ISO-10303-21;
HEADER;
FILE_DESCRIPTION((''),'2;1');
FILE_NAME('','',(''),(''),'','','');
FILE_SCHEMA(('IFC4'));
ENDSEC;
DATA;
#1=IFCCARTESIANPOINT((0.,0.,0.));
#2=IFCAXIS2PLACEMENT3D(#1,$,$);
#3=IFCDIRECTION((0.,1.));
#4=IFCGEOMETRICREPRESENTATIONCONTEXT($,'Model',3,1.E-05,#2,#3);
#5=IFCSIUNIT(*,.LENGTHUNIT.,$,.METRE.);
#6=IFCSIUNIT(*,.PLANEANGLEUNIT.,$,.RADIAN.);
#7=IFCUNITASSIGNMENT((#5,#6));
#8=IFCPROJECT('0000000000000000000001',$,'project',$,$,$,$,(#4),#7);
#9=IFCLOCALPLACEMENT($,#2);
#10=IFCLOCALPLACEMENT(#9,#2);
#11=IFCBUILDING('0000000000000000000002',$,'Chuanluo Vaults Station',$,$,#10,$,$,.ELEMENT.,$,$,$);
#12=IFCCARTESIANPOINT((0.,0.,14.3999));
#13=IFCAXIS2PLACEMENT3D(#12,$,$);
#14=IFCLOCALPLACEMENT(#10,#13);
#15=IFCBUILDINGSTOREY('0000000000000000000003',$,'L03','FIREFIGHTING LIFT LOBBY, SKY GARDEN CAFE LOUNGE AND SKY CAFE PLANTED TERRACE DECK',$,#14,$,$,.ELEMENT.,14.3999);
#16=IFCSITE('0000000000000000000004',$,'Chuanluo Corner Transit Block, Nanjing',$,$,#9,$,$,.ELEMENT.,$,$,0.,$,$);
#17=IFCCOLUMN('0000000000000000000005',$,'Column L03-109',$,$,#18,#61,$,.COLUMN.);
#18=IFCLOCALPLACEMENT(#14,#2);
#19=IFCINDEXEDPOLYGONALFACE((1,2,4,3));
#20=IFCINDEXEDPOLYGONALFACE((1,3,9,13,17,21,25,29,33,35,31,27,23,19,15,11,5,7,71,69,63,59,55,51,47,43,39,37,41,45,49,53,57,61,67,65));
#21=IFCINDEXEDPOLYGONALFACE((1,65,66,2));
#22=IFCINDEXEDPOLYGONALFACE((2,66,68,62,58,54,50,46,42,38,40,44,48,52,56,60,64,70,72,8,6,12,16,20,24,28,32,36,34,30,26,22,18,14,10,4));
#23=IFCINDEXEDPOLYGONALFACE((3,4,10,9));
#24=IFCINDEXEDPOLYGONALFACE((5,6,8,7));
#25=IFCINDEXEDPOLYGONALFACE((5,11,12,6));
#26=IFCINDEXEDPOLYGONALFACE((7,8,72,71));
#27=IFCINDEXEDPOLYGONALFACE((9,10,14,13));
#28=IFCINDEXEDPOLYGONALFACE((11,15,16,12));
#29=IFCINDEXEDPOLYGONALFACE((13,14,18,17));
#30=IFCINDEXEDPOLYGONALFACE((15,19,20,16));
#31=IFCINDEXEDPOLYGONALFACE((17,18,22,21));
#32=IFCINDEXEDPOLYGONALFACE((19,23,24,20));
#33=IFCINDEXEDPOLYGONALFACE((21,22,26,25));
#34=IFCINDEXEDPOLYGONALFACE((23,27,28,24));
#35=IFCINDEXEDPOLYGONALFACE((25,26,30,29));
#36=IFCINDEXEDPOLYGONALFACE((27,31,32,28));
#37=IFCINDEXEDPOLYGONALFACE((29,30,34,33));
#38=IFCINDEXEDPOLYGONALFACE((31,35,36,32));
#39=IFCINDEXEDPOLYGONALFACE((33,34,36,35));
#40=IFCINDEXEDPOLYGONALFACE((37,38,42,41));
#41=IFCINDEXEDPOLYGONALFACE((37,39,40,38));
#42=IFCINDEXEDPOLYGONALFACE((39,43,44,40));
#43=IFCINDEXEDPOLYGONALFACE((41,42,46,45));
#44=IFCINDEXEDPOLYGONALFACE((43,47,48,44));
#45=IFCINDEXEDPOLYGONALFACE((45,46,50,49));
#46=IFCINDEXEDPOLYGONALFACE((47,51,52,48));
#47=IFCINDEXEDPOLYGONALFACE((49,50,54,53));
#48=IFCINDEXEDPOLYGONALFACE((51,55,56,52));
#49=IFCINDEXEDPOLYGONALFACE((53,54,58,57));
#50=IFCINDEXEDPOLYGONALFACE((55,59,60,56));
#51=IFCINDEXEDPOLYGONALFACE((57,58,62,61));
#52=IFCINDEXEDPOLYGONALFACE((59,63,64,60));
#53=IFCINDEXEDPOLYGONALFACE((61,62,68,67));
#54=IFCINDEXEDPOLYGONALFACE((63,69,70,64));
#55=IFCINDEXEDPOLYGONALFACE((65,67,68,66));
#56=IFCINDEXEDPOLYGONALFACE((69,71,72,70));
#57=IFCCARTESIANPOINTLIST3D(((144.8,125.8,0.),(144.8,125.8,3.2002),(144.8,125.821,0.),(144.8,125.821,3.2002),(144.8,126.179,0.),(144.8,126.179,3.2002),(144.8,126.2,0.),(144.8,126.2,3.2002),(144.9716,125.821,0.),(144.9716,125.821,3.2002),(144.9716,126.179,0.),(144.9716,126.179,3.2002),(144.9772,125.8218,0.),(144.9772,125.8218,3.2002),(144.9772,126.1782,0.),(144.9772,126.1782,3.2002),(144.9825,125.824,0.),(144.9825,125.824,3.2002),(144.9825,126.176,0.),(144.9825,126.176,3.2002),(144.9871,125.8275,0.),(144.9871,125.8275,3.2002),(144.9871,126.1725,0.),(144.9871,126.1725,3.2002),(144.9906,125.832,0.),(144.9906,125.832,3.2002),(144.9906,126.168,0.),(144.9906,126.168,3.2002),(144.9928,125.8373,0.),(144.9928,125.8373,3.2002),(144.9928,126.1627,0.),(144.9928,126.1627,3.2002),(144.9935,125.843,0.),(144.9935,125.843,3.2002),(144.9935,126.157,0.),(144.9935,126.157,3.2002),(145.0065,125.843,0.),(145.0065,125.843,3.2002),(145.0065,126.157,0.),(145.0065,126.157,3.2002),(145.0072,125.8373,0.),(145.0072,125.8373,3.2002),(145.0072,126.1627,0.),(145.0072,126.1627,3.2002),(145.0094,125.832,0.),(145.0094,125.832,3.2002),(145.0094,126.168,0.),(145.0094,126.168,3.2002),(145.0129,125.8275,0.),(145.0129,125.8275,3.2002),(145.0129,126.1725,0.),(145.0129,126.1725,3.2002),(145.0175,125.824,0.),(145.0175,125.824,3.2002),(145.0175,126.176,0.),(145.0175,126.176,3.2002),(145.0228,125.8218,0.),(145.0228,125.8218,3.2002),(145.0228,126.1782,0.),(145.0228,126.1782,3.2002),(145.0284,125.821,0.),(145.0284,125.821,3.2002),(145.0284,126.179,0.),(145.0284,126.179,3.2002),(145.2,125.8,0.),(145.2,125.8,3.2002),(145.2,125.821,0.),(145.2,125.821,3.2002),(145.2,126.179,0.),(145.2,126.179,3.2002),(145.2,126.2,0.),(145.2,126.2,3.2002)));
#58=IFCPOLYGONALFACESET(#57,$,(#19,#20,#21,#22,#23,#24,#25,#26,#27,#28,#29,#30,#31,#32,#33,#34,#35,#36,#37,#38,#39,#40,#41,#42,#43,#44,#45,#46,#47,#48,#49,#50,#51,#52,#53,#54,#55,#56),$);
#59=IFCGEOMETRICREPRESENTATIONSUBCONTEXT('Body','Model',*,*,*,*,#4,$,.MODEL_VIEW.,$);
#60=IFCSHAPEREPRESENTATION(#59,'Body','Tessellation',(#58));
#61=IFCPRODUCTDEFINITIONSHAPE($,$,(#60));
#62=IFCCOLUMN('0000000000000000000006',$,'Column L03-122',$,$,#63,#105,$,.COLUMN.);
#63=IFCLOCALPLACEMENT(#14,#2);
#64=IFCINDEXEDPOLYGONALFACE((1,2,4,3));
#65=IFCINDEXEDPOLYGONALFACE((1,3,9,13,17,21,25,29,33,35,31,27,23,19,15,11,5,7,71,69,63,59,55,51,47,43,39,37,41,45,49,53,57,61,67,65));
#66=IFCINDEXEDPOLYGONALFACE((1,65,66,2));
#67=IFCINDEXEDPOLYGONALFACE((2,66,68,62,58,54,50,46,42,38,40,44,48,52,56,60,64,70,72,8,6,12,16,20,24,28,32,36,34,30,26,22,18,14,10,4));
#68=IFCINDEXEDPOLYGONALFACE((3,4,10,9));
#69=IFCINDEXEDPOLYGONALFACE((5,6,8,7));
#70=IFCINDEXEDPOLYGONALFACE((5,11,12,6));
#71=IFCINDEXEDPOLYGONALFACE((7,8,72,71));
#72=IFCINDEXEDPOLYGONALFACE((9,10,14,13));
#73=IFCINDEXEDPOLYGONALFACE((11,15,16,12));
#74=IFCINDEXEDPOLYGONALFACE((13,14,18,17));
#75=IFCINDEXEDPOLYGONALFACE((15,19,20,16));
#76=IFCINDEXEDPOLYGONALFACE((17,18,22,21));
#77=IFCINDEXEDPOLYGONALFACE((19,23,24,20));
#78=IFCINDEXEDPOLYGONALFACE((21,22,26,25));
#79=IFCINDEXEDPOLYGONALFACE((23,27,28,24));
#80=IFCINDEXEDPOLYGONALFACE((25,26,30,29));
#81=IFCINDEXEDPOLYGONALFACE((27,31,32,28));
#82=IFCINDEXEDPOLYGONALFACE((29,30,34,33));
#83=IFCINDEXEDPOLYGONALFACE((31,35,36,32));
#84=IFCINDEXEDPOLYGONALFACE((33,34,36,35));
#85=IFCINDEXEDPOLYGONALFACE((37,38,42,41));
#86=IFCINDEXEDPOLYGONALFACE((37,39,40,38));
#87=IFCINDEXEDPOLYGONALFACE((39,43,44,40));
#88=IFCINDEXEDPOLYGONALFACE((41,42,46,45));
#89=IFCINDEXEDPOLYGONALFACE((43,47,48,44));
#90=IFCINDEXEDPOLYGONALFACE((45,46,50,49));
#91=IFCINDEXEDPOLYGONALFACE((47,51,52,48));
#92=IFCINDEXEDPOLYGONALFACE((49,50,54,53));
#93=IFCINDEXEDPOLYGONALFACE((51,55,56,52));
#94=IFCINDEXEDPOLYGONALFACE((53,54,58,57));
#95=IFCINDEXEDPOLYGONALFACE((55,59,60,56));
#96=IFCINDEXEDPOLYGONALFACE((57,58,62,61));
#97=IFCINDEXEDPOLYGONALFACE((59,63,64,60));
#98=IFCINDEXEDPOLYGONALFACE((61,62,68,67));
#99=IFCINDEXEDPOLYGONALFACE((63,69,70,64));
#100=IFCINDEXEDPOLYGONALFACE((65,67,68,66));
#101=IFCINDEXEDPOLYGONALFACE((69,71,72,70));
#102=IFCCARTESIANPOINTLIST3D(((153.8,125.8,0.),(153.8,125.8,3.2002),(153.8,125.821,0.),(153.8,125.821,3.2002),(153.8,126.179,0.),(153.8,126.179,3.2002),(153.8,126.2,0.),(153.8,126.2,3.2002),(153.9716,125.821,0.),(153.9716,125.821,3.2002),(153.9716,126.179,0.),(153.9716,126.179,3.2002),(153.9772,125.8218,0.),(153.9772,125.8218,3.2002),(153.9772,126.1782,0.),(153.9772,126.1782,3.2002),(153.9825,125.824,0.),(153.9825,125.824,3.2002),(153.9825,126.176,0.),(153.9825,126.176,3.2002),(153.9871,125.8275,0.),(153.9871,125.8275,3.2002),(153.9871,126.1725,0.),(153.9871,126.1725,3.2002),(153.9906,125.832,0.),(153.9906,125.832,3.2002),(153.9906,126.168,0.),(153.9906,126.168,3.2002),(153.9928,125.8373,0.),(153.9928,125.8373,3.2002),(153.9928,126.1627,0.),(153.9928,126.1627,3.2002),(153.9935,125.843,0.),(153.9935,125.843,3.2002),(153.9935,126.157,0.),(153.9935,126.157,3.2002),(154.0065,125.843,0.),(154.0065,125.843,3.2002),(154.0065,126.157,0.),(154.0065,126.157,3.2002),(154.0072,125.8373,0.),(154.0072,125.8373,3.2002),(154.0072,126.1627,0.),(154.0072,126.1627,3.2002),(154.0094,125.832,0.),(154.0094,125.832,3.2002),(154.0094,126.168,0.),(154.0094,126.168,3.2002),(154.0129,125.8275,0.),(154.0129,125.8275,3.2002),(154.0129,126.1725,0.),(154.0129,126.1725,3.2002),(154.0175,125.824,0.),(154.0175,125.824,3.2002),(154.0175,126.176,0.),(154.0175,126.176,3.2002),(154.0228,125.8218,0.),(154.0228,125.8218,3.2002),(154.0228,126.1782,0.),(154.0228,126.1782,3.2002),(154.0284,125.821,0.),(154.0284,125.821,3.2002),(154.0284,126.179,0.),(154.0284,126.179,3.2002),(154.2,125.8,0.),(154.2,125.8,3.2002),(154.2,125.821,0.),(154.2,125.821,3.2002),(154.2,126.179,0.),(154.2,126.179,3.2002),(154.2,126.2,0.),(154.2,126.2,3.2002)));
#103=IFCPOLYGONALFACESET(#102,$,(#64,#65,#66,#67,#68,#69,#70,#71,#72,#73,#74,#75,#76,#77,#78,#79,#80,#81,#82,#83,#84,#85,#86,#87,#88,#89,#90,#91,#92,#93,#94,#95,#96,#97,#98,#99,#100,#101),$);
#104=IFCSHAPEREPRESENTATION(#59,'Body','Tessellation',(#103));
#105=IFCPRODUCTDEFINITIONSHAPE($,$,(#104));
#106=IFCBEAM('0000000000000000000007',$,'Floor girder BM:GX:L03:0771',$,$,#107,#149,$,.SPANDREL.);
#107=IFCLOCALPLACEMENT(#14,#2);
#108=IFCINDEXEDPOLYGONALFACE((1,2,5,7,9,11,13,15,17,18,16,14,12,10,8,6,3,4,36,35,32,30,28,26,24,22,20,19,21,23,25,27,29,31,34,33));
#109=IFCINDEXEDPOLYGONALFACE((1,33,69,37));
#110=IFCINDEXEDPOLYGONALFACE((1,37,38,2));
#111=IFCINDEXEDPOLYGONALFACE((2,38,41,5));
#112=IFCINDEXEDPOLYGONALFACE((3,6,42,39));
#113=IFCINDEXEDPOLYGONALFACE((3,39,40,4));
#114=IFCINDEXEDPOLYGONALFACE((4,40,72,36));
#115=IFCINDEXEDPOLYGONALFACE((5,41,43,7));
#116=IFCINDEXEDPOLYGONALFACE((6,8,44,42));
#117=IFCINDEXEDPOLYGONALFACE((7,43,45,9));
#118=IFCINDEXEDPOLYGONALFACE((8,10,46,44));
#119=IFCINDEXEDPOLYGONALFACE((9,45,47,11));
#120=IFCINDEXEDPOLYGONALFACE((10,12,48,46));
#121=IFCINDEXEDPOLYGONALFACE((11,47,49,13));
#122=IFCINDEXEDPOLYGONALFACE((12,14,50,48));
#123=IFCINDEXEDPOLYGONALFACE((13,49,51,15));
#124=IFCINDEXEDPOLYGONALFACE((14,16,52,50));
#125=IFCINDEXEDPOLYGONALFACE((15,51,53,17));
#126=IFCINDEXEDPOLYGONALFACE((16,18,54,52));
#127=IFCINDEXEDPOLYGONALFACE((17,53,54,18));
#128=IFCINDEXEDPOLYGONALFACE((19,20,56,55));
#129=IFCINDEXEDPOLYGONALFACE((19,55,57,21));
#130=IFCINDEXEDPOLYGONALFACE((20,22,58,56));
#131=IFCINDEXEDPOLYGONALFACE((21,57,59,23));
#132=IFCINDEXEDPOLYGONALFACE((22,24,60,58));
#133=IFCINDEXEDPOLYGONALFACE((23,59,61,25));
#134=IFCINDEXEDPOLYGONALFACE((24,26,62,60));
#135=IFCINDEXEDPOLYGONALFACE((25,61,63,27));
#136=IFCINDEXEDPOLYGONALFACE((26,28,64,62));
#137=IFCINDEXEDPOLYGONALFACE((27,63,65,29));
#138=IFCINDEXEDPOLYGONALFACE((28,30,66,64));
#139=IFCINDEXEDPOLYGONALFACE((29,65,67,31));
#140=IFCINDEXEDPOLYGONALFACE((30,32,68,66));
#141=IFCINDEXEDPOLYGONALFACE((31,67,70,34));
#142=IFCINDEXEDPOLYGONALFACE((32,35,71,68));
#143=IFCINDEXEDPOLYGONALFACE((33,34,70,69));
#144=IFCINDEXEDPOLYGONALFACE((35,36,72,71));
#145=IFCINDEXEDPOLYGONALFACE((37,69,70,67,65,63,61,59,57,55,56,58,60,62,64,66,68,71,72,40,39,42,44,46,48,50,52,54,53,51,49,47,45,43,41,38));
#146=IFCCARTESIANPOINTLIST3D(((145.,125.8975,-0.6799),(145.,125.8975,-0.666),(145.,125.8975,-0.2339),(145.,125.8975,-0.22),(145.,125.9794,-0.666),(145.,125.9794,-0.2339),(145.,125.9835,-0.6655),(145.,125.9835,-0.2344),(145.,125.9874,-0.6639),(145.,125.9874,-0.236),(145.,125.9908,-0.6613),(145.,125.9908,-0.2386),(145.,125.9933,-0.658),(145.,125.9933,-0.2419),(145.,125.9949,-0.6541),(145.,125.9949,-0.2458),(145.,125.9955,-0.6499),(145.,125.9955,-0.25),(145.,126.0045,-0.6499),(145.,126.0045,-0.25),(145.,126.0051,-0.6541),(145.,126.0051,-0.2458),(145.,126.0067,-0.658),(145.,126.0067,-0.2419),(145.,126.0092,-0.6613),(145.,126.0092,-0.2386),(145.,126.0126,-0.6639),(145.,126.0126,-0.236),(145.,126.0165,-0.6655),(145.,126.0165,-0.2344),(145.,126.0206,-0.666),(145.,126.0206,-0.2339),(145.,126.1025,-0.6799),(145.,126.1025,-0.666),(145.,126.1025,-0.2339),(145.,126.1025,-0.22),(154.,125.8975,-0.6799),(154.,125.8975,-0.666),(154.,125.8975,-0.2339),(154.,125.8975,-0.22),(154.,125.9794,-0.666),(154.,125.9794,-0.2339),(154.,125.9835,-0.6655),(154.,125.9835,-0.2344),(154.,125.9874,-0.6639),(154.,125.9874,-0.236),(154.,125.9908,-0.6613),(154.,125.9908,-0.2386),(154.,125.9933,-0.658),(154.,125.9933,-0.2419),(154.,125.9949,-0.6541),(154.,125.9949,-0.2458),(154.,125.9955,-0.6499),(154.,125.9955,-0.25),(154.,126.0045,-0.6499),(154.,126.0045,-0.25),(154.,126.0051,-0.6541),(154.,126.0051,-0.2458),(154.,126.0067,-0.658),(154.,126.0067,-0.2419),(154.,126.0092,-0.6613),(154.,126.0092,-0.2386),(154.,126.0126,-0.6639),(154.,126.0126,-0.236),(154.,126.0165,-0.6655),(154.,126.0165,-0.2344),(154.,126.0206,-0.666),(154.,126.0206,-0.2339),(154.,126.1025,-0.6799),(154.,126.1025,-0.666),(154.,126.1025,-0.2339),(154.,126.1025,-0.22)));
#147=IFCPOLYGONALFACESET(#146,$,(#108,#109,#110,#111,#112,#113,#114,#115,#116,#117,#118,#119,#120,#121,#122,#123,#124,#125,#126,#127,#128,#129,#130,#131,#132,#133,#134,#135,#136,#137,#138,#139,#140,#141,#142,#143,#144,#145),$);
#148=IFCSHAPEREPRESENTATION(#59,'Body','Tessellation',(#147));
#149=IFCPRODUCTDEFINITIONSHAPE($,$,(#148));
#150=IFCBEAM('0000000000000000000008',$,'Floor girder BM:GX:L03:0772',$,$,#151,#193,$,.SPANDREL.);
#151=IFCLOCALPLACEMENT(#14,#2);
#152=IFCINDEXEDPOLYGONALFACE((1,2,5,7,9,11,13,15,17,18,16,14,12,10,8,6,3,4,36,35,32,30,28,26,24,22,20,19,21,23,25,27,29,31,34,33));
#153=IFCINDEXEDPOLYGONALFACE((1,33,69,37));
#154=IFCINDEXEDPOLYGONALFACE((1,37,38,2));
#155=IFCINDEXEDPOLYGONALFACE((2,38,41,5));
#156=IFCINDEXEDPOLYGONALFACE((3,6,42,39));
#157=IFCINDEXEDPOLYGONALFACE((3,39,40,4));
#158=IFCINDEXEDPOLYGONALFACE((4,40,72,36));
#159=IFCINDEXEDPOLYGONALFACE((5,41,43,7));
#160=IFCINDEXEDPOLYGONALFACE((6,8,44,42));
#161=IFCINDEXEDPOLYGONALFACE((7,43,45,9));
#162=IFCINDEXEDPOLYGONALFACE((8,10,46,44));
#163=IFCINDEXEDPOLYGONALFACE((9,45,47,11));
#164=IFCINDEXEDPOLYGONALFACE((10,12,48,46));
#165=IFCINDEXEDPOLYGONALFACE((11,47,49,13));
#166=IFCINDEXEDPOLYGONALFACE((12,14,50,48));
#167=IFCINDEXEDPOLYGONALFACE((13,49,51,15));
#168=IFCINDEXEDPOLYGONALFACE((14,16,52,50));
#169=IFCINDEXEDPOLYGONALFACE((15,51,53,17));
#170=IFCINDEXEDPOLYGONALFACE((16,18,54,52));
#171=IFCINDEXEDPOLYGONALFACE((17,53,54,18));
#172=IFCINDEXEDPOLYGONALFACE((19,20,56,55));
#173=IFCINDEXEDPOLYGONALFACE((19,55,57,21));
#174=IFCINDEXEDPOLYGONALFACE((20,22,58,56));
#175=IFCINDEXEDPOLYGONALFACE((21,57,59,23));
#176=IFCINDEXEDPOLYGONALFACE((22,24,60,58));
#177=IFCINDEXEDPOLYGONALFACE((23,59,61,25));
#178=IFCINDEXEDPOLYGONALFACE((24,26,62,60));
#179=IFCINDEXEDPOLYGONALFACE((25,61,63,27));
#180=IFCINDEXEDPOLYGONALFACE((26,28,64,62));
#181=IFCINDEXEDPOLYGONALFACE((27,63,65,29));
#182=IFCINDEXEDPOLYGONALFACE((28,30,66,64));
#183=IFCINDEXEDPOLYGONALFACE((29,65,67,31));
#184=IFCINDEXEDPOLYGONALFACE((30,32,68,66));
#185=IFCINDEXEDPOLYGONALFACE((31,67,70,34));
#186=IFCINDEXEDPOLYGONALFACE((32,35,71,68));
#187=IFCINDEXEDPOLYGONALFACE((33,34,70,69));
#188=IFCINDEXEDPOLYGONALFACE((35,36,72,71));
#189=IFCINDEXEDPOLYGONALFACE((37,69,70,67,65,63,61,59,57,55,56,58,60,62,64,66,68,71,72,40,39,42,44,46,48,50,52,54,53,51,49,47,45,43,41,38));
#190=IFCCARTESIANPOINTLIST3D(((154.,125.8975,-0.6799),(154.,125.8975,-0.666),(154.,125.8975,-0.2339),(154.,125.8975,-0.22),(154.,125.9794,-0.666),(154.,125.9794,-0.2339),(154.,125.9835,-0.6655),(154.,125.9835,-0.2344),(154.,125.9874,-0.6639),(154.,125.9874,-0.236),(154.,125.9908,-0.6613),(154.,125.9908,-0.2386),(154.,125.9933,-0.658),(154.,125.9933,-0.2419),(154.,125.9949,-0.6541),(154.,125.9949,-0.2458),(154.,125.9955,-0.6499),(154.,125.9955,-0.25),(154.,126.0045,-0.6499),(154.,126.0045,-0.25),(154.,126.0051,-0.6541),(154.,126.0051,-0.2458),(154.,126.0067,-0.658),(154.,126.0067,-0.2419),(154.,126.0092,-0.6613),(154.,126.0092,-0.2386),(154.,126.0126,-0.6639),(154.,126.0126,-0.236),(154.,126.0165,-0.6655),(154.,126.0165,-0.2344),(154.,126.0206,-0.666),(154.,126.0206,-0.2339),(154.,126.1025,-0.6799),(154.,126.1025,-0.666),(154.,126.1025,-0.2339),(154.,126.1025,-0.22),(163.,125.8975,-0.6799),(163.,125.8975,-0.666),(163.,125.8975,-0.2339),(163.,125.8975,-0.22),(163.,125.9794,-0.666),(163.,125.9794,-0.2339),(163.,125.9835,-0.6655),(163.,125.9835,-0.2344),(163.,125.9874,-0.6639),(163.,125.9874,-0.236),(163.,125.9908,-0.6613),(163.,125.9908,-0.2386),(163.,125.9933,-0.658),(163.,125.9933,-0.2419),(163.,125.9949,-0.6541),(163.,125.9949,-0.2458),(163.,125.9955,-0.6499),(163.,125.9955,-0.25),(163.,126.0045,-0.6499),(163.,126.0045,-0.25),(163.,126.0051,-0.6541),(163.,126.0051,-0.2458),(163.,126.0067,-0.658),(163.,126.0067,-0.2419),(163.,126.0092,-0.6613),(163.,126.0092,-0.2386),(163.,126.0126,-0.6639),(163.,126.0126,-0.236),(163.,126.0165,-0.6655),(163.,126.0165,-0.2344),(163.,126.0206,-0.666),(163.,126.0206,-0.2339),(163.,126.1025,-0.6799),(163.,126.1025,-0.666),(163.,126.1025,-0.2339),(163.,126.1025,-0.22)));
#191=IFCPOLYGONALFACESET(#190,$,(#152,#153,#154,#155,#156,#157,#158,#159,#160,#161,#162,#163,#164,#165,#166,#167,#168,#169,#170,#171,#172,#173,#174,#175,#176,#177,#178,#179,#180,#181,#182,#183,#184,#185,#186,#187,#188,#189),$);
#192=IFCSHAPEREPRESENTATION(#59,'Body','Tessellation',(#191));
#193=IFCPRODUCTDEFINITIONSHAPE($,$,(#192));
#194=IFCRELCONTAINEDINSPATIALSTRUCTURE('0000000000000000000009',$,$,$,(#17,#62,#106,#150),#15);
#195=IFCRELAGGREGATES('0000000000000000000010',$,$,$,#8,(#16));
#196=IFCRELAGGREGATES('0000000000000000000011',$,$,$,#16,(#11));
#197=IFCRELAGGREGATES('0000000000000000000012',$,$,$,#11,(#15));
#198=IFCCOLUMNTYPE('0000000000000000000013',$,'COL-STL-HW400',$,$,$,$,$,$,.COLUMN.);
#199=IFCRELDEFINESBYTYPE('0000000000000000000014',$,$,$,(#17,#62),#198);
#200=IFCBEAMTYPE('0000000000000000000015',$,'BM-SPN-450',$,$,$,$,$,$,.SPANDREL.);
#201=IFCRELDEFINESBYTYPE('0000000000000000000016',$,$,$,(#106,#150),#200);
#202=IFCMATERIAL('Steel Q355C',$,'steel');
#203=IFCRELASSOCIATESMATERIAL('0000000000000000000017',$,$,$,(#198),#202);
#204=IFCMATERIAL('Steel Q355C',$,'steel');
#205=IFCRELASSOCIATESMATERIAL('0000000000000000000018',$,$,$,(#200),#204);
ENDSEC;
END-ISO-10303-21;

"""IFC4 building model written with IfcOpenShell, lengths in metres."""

from ifc_helpers import new_model, si_unit, direction, frame, origin, origin_2d, place, context, subcontext, project, spatial, i_section, extrude, material, material_profile, profile_set, type_object, element, save


model = new_model("IFC4")

# Units and contexts
model_context = context("Model", 3, precision=1e-05, world=origin(), true_north=direction((0.0, 1.0)))
body_context = subcontext(model_context, "Body", "Model", "MODEL_VIEW")
ifc_project = project(units=[si_unit("LENGTHUNIT", "METRE"), si_unit("PLANEANGLEUNIT", "RADIAN")], contexts=[model_context])

# Site, building, storey
site_placement = place(None, origin())
site = spatial("IfcSite", under=ifc_project, at=site_placement, Name="Chuanluo Corner Transit Block, Nanjing", CompositionType="ELEMENT", RefElevation=0.0)
building_placement = place(site_placement, origin())
building = spatial("IfcBuilding", under=site, at=building_placement, Name="Chuanluo Vaults Station", CompositionType="ELEMENT")
storey_placement = place(building_placement, frame((0.0, 0.0, 14.3999)))
storey = spatial("IfcBuildingStorey", under=building, at=storey_placement, Name="L03", Description="FIREFIGHTING LIFT LOBBY, SKY GARDEN CAFE LOUNGE AND SKY CAFE PLANTED TERRACE DECK", CompositionType="ELEMENT", Elevation=14.3999)

# Columns
ifc_material_1 = material(Name="Steel Q355C", Category="steel")
ifc_material_profile_1 = material_profile(ifc_material_1, i_section(OverallWidth=0.3999, OverallDepth=0.3999, WebThickness=0.0129, FlangeThickness=0.021, FilletRadius=0.022, at=origin_2d()))
ifc_profile_set_1 = profile_set([ifc_material_profile_1], Name="Steel Q355C")
column_type = type_object("IfcColumnType", Name="COL-STL-HW400", PredefinedType="COLUMN", material=ifc_profile_set_1)
for number, where, z_axis, x_axis, name in (
    (1, (145.0, 126.0, 0.0), (0.0, 0.0, 1.0), (1.0, 0.0, 0.0), "Column L03-109"),
    (2, (154.0, 126.0, 0.0), (0.0, 0.0, 1.0), (1.0, 0.0, 0.0), "Column L03-122"),
):
    element("IfcColumn", number, at=place(storey_placement, frame(where, z_axis=z_axis, x_axis=x_axis)), inside=storey, type_object=column_type, Name=name, PredefinedType="COLUMN", context=body_context, shape_type="SweptSolid", body=[
        extrude(i_section(OverallWidth=0.3999, OverallDepth=0.3999, WebThickness=0.0129, FlangeThickness=0.021, FilletRadius=0.022, at=origin_2d()), origin(), (0.0, 0.0, 1.0), 3.2002),
    ])

# Beams
ifc_material_2 = material(Name="Steel Q355C", Category="steel")
ifc_material_profile_2 = material_profile(ifc_material_2, i_section(OverallWidth=0.2051, OverallDepth=0.46, WebThickness=0.009, FlangeThickness=0.0139, FilletRadius=0.0161, at=origin_2d()))
ifc_profile_set_2 = profile_set([ifc_material_profile_2], Name="Steel Q355C")
beam_type = type_object("IfcBeamType", Name="BM-SPN-450", PredefinedType="SPANDREL", material=ifc_profile_set_2)
for number, where, z_axis, x_axis, name in (
    (3, (145.0, 126.0, -0.45), (1.0, 0.0, 0.0), (0.0, 1.0, 0.0), "Floor girder BM:GX:L03:0771"),
    (4, (154.0, 126.0, -0.45), (1.0, 0.0, 0.0), (0.0, 1.0, 0.0), "Floor girder BM:GX:L03:0772"),
):
    element("IfcBeam", number, at=place(storey_placement, frame(where, z_axis=z_axis, x_axis=x_axis)), inside=storey, type_object=beam_type, Name=name, PredefinedType="SPANDREL", context=body_context, shape_type="SweptSolid", body=[
        extrude(i_section(OverallWidth=0.2051, OverallDepth=0.46, WebThickness=0.009, FlangeThickness=0.0139, FilletRadius=0.0161, at=origin_2d()), origin(), (0.0, 0.0, 1.0), 9.0),
    ])

save(model, "model.ifc")
